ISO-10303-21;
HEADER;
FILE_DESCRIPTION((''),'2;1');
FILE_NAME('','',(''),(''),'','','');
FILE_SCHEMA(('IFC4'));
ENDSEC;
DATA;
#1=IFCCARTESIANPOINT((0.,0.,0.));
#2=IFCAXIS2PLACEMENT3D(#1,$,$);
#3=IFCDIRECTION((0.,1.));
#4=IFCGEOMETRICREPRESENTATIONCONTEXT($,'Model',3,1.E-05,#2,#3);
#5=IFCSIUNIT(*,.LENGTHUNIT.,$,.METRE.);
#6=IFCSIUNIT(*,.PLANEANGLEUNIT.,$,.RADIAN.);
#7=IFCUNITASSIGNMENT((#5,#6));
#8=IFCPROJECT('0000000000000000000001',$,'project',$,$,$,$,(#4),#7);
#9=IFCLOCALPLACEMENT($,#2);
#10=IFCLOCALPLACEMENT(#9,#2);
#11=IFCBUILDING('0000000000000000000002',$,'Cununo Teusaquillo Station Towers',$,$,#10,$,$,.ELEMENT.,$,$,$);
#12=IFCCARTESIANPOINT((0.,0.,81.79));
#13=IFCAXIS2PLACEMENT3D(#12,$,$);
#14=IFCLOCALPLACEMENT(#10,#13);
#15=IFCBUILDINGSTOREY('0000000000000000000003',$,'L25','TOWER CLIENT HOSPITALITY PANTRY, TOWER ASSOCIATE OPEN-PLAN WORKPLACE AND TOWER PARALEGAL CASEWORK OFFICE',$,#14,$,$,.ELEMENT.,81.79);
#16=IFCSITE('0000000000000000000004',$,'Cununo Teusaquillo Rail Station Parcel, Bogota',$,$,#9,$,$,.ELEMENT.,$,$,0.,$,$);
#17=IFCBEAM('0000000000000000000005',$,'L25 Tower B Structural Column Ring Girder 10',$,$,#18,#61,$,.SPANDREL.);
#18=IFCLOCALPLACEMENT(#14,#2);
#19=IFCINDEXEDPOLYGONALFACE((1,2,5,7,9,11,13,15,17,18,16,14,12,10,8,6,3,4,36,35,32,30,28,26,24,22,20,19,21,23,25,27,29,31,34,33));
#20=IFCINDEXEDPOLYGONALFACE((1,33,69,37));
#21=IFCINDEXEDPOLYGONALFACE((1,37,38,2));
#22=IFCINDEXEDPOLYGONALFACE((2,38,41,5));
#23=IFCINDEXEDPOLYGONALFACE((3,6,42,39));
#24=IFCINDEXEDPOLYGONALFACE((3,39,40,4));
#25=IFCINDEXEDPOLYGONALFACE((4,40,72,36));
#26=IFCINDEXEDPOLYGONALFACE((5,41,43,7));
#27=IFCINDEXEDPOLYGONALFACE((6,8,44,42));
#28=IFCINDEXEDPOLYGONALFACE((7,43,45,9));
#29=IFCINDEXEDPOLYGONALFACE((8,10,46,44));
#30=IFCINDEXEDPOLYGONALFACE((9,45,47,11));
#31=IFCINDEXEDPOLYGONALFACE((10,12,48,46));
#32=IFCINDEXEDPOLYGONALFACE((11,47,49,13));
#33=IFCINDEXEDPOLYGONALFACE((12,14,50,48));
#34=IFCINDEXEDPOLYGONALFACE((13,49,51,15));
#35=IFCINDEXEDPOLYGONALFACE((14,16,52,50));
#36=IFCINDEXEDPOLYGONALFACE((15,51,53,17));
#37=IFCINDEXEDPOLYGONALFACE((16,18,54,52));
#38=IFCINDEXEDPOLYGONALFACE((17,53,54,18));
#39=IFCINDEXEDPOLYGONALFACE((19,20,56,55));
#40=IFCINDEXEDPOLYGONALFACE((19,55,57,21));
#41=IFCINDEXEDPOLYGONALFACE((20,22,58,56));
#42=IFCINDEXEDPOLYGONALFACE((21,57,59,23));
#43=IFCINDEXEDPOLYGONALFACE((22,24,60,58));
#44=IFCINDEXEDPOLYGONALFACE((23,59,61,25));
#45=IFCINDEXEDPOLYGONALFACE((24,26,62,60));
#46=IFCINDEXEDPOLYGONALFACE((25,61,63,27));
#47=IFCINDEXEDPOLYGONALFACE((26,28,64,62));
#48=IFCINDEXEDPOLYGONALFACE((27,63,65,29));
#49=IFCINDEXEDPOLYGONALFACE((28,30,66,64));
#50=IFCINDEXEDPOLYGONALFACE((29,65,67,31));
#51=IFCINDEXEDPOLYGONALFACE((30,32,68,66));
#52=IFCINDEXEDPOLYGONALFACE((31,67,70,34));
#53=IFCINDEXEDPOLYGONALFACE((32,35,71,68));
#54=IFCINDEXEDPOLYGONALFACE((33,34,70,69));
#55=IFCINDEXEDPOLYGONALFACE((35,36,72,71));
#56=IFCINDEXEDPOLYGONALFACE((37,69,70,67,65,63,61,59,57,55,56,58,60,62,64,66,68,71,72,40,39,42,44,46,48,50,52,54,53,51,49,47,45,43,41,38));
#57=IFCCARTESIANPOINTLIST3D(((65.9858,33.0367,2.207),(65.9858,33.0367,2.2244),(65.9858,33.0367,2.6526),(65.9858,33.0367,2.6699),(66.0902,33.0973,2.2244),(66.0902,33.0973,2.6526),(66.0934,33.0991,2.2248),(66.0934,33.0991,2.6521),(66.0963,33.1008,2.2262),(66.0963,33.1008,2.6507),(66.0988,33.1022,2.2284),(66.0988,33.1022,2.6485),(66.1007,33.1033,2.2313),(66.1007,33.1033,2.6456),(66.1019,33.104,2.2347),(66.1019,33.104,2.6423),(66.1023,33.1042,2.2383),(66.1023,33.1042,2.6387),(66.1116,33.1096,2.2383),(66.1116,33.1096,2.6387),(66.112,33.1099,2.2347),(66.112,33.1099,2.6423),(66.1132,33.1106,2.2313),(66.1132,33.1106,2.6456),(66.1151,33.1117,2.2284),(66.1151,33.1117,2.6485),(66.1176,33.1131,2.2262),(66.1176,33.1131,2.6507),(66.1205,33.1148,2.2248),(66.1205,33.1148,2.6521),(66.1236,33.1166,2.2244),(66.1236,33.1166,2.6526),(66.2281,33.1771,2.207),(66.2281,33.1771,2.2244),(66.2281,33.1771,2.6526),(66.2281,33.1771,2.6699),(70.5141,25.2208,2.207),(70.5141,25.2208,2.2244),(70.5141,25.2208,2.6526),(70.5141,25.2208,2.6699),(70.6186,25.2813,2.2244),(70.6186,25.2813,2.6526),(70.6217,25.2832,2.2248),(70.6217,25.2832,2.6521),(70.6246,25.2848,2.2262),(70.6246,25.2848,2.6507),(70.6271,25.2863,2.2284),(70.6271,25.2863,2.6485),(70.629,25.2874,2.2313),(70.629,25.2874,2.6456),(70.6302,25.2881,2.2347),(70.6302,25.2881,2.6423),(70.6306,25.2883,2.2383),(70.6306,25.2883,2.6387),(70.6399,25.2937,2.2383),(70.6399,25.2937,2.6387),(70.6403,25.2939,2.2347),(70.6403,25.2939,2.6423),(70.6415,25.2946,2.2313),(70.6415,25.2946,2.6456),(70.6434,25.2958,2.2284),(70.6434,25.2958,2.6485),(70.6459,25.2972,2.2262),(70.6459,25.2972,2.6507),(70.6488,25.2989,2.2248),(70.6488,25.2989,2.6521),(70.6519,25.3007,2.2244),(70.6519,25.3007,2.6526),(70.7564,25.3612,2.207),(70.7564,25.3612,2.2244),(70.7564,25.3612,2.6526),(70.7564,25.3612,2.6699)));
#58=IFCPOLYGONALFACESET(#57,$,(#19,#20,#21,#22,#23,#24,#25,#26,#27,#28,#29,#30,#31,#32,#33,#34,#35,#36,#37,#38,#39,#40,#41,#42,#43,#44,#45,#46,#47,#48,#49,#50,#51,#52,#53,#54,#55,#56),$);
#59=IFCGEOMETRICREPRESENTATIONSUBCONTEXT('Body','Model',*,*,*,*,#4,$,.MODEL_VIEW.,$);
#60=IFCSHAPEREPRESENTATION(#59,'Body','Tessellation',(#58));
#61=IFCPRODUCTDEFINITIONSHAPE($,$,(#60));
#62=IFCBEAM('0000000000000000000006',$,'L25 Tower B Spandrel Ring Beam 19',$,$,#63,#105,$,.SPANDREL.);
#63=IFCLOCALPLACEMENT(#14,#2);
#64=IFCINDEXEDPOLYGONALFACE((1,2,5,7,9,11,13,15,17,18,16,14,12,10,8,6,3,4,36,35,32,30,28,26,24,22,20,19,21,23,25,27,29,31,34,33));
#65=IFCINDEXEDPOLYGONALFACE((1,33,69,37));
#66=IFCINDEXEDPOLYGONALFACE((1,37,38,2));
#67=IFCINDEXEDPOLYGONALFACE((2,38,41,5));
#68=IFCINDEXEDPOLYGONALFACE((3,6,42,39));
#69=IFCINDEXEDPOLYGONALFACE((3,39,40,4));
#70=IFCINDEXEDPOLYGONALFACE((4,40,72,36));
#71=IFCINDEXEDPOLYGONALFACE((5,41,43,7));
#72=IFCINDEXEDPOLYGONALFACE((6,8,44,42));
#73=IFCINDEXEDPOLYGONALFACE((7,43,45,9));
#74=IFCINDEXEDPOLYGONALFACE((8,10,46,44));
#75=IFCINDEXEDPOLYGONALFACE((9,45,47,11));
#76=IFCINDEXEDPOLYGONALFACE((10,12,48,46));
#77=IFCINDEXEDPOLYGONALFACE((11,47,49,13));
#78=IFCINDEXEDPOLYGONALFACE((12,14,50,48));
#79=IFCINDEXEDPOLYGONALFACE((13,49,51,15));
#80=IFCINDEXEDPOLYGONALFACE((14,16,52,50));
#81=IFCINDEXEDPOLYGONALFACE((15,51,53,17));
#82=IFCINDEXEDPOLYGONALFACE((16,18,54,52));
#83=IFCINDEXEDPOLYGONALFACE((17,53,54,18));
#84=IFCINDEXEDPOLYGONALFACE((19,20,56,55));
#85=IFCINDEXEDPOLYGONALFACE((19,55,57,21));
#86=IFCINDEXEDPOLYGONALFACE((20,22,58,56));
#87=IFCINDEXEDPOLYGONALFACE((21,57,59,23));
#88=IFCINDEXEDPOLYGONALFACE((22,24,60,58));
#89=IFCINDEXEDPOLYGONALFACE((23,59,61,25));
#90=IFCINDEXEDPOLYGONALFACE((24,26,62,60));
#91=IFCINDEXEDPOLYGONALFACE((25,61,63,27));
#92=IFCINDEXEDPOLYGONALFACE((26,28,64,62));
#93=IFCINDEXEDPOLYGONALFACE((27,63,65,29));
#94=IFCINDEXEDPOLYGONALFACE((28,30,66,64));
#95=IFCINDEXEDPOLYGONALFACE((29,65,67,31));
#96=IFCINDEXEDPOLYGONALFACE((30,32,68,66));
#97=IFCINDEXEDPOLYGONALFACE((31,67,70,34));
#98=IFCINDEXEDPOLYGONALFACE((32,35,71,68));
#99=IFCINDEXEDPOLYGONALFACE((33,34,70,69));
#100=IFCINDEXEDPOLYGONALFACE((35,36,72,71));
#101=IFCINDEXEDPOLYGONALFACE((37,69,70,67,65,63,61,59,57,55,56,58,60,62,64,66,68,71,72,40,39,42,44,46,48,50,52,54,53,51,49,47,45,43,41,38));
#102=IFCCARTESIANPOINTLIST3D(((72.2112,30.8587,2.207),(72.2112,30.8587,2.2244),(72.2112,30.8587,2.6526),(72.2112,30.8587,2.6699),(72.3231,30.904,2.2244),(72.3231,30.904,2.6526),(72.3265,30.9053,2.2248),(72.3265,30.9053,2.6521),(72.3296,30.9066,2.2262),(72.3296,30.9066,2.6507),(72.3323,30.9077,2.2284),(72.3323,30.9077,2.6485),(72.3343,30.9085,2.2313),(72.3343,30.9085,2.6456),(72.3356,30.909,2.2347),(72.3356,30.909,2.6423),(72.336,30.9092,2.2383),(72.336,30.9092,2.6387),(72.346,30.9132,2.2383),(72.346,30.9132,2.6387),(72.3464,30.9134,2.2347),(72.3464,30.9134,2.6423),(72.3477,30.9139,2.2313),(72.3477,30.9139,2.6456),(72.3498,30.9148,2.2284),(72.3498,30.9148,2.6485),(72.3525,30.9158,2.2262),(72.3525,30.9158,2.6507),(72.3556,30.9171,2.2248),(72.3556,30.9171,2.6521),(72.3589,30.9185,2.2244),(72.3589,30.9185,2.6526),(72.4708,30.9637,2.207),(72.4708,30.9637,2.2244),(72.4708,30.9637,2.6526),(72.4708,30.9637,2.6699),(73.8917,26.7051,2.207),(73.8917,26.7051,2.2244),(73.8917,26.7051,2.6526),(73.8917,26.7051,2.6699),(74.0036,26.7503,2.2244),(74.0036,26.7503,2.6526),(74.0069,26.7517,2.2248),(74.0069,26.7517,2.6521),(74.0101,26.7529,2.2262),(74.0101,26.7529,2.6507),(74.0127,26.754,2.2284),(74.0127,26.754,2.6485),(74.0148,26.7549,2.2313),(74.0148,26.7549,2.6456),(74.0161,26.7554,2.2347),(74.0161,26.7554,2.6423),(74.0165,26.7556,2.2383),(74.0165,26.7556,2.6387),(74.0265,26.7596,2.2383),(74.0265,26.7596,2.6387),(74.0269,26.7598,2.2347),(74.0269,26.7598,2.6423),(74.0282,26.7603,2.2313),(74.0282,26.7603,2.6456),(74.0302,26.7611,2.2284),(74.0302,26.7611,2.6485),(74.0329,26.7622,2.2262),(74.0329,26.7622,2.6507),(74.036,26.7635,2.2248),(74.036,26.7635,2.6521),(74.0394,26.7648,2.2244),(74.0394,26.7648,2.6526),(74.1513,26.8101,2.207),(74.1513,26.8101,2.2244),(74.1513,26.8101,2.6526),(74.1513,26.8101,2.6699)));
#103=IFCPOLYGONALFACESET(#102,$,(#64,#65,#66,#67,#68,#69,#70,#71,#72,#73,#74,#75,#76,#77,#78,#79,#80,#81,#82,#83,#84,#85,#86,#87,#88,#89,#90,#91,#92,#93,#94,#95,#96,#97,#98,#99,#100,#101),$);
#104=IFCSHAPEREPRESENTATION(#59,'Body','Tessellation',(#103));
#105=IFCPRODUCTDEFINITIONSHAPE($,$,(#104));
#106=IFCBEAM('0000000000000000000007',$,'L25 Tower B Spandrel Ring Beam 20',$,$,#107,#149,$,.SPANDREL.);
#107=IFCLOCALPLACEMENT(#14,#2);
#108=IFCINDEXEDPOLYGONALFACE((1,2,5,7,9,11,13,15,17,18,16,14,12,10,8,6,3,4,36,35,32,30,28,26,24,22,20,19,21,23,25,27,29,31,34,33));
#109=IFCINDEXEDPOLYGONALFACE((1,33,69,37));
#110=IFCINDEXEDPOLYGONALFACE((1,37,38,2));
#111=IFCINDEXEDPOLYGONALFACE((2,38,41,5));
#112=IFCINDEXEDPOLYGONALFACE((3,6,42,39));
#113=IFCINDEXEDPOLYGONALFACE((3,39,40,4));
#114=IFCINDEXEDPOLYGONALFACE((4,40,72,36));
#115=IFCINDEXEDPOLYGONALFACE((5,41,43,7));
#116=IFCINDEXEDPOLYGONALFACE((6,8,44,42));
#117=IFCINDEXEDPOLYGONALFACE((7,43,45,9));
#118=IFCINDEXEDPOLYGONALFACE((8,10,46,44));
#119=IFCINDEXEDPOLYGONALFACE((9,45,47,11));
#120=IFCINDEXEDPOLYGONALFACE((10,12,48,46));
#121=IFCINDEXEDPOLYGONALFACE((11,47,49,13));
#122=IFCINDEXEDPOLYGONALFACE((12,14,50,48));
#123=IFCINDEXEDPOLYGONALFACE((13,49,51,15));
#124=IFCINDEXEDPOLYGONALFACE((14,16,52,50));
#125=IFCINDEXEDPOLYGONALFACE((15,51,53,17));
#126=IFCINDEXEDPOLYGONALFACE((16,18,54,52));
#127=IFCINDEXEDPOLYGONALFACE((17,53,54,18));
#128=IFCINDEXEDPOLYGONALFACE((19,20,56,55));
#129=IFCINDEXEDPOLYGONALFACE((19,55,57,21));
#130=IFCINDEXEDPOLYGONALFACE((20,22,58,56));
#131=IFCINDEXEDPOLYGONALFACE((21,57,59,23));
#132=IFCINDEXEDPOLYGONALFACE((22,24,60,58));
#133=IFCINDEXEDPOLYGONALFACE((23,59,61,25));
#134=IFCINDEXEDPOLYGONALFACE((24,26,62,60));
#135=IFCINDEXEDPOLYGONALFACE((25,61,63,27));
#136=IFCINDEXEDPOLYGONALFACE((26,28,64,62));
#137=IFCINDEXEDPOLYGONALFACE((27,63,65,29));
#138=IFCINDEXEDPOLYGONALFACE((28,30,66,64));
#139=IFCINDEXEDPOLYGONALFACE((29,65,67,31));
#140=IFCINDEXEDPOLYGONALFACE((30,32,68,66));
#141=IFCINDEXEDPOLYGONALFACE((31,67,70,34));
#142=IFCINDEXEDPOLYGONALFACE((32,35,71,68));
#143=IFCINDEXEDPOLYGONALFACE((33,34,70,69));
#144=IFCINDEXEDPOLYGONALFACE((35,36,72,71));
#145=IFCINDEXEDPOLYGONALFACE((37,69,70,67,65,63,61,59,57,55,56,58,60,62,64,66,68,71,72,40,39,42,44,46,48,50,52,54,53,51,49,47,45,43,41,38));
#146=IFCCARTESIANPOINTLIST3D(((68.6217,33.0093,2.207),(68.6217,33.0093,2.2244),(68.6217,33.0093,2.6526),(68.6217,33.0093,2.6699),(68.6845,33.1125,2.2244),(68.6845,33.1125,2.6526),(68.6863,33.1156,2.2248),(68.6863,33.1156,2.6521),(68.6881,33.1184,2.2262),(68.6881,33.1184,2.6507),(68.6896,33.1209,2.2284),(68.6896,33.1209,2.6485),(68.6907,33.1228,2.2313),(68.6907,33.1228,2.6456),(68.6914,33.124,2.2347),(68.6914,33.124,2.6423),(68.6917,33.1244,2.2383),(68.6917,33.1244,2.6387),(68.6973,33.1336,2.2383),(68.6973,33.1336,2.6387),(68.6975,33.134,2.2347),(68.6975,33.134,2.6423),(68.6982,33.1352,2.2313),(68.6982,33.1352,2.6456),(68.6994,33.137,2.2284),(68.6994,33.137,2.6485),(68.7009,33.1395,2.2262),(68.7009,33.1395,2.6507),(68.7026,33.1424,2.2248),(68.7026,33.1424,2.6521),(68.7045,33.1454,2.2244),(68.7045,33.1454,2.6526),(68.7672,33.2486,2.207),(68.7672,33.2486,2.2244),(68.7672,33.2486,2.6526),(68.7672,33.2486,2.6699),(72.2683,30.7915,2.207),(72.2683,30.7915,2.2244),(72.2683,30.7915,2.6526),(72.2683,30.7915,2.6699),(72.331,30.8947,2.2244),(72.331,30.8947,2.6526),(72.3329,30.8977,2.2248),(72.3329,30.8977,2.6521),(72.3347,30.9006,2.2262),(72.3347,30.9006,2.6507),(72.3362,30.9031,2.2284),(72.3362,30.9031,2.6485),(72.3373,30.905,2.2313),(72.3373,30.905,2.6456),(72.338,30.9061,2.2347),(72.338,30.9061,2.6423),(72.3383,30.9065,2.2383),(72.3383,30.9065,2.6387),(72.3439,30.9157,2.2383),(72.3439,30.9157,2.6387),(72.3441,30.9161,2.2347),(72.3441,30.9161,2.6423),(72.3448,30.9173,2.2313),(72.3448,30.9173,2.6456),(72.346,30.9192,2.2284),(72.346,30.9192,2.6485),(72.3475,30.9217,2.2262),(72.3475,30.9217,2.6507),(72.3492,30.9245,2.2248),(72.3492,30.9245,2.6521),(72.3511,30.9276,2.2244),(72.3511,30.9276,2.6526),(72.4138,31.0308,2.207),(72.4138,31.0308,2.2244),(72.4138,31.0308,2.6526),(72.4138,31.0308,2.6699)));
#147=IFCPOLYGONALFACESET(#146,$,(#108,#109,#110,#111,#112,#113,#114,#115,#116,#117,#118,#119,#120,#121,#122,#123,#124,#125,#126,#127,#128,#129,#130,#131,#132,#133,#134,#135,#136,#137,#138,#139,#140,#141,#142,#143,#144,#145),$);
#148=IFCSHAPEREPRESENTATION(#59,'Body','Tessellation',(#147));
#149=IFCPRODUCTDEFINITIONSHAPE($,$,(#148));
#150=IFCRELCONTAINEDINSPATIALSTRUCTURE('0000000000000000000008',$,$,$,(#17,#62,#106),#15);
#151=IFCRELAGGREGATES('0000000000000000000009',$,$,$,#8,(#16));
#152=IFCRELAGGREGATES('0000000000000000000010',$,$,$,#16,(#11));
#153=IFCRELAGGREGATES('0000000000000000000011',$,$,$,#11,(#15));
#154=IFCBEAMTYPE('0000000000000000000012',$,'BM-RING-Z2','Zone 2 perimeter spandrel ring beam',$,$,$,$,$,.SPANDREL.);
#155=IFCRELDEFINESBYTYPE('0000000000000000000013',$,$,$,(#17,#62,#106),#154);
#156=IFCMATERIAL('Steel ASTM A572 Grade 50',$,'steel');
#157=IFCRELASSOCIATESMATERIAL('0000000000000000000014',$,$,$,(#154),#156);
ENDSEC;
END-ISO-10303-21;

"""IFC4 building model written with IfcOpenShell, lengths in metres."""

from ifc_helpers import new_model, si_unit, direction, frame, origin, origin_2d, place, context, subcontext, project, spatial, i_section, extrude, material, material_profile, profile_set, type_object, element, save


model = new_model("IFC4")

# Units and contexts
model_context = context("Model", 3, precision=1e-05, world=origin(), true_north=direction((0.0, 1.0)))
body_context = subcontext(model_context, "Body", "Model", "MODEL_VIEW")
ifc_project = project(units=[si_unit("LENGTHUNIT", "METRE"), si_unit("PLANEANGLEUNIT", "RADIAN")], contexts=[model_context])

# Site, building, storey
site_placement = place(None, origin())
site = spatial("IfcSite", under=ifc_project, at=site_placement, Name="Cununo Teusaquillo Rail Station Parcel, Bogota", CompositionType="ELEMENT", RefElevation=0.0)
building_placement = place(site_placement, origin())
building = spatial("IfcBuilding", under=site, at=building_placement, Name="Cununo Teusaquillo Station Towers", CompositionType="ELEMENT")
storey_placement = place(building_placement, frame((0.0, 0.0, 81.79)))
storey = spatial("IfcBuildingStorey", under=building, at=storey_placement, Name="L25", Description="TOWER CLIENT HOSPITALITY PANTRY, TOWER ASSOCIATE OPEN-PLAN WORKPLACE AND TOWER PARALEGAL CASEWORK OFFICE", CompositionType="ELEMENT", Elevation=81.79)

# Beams
ifc_material_1 = material(Name="Steel ASTM A572 Grade 50", Category="steel")
ifc_material_profile_1 = material_profile(ifc_material_1, i_section(OverallWidth=0.28, OverallDepth=0.4629, WebThickness=0.0107, FlangeThickness=0.0173, FilletRadius=0.0139, at=origin_2d()), Name="W18X76")
ifc_profile_set_1 = profile_set([ifc_material_profile_1], Name="Steel ASTM A572 Grade 50")
beam_type_1 = type_object("IfcBeamType", Name="BM-RING-Z2", Description="Zone 2 perimeter spandrel ring beam", PredefinedType="SPANDREL", material=ifc_profile_set_1)
for number, where, z_axis, x_axis, name in (
    (1, (70.6353, 25.291, 2.4385), (-0.501311, 0.865267, 0.0), (-0.865267, -0.501311, 0.0), "L25 Tower B Structural Column Ring Girder 10"),
):
    element("IfcBeam", number, at=place(storey_placement, frame(where, z_axis=z_axis, x_axis=x_axis)), inside=storey, type_object=beam_type_1, Name=name, PredefinedType="SPANDREL", context=body_context, shape_type="SweptSolid", body=[
        extrude(i_section(OverallWidth=0.28, OverallDepth=0.4629, WebThickness=0.0107, FlangeThickness=0.0173, FilletRadius=0.0139, at=origin_2d()), origin(), (0.0, 0.0, 1.0), 9.033),
    ])
beam_1_placement = place(storey_placement, frame((74.0215, 26.7576, 2.4385), z_axis=(-0.375042, 0.927008, 0.0), x_axis=(-0.927008, -0.375042, 0.0)))
element("IfcBeam", 2, at=beam_1_placement, inside=storey, type_object=beam_type_1, Name="L25 Tower B Spandrel Ring Beam 19", PredefinedType="SPANDREL", context=body_context, shape_type="SweptSolid", body=[
    extrude(i_section(OverallWidth=0.28, OverallDepth=0.4629, WebThickness=0.0107, FlangeThickness=0.0173, FilletRadius=0.0139, at=origin_2d()), origin(), (0.0, 0.0, 1.0), 4.4807),
])
beam_2_placement = place(storey_placement, frame((72.3411, 30.9111, 2.4385), z_axis=(-0.854388, 0.519635, 0.0), x_axis=(-0.519635, -0.854388, 0.0)))
element("IfcBeam", 3, at=beam_2_placement, inside=storey, type_object=beam_type_1, Name="L25 Tower B Spandrel Ring Beam 20", PredefinedType="SPANDREL", context=body_context, shape_type="SweptSolid", body=[
    extrude(i_section(OverallWidth=0.28, OverallDepth=0.4629, WebThickness=0.0107, FlangeThickness=0.0173, FilletRadius=0.0139, at=origin_2d()), origin(), (0.0, 0.0, 1.0), 4.2681),
])

save(model, "model.ifc")
